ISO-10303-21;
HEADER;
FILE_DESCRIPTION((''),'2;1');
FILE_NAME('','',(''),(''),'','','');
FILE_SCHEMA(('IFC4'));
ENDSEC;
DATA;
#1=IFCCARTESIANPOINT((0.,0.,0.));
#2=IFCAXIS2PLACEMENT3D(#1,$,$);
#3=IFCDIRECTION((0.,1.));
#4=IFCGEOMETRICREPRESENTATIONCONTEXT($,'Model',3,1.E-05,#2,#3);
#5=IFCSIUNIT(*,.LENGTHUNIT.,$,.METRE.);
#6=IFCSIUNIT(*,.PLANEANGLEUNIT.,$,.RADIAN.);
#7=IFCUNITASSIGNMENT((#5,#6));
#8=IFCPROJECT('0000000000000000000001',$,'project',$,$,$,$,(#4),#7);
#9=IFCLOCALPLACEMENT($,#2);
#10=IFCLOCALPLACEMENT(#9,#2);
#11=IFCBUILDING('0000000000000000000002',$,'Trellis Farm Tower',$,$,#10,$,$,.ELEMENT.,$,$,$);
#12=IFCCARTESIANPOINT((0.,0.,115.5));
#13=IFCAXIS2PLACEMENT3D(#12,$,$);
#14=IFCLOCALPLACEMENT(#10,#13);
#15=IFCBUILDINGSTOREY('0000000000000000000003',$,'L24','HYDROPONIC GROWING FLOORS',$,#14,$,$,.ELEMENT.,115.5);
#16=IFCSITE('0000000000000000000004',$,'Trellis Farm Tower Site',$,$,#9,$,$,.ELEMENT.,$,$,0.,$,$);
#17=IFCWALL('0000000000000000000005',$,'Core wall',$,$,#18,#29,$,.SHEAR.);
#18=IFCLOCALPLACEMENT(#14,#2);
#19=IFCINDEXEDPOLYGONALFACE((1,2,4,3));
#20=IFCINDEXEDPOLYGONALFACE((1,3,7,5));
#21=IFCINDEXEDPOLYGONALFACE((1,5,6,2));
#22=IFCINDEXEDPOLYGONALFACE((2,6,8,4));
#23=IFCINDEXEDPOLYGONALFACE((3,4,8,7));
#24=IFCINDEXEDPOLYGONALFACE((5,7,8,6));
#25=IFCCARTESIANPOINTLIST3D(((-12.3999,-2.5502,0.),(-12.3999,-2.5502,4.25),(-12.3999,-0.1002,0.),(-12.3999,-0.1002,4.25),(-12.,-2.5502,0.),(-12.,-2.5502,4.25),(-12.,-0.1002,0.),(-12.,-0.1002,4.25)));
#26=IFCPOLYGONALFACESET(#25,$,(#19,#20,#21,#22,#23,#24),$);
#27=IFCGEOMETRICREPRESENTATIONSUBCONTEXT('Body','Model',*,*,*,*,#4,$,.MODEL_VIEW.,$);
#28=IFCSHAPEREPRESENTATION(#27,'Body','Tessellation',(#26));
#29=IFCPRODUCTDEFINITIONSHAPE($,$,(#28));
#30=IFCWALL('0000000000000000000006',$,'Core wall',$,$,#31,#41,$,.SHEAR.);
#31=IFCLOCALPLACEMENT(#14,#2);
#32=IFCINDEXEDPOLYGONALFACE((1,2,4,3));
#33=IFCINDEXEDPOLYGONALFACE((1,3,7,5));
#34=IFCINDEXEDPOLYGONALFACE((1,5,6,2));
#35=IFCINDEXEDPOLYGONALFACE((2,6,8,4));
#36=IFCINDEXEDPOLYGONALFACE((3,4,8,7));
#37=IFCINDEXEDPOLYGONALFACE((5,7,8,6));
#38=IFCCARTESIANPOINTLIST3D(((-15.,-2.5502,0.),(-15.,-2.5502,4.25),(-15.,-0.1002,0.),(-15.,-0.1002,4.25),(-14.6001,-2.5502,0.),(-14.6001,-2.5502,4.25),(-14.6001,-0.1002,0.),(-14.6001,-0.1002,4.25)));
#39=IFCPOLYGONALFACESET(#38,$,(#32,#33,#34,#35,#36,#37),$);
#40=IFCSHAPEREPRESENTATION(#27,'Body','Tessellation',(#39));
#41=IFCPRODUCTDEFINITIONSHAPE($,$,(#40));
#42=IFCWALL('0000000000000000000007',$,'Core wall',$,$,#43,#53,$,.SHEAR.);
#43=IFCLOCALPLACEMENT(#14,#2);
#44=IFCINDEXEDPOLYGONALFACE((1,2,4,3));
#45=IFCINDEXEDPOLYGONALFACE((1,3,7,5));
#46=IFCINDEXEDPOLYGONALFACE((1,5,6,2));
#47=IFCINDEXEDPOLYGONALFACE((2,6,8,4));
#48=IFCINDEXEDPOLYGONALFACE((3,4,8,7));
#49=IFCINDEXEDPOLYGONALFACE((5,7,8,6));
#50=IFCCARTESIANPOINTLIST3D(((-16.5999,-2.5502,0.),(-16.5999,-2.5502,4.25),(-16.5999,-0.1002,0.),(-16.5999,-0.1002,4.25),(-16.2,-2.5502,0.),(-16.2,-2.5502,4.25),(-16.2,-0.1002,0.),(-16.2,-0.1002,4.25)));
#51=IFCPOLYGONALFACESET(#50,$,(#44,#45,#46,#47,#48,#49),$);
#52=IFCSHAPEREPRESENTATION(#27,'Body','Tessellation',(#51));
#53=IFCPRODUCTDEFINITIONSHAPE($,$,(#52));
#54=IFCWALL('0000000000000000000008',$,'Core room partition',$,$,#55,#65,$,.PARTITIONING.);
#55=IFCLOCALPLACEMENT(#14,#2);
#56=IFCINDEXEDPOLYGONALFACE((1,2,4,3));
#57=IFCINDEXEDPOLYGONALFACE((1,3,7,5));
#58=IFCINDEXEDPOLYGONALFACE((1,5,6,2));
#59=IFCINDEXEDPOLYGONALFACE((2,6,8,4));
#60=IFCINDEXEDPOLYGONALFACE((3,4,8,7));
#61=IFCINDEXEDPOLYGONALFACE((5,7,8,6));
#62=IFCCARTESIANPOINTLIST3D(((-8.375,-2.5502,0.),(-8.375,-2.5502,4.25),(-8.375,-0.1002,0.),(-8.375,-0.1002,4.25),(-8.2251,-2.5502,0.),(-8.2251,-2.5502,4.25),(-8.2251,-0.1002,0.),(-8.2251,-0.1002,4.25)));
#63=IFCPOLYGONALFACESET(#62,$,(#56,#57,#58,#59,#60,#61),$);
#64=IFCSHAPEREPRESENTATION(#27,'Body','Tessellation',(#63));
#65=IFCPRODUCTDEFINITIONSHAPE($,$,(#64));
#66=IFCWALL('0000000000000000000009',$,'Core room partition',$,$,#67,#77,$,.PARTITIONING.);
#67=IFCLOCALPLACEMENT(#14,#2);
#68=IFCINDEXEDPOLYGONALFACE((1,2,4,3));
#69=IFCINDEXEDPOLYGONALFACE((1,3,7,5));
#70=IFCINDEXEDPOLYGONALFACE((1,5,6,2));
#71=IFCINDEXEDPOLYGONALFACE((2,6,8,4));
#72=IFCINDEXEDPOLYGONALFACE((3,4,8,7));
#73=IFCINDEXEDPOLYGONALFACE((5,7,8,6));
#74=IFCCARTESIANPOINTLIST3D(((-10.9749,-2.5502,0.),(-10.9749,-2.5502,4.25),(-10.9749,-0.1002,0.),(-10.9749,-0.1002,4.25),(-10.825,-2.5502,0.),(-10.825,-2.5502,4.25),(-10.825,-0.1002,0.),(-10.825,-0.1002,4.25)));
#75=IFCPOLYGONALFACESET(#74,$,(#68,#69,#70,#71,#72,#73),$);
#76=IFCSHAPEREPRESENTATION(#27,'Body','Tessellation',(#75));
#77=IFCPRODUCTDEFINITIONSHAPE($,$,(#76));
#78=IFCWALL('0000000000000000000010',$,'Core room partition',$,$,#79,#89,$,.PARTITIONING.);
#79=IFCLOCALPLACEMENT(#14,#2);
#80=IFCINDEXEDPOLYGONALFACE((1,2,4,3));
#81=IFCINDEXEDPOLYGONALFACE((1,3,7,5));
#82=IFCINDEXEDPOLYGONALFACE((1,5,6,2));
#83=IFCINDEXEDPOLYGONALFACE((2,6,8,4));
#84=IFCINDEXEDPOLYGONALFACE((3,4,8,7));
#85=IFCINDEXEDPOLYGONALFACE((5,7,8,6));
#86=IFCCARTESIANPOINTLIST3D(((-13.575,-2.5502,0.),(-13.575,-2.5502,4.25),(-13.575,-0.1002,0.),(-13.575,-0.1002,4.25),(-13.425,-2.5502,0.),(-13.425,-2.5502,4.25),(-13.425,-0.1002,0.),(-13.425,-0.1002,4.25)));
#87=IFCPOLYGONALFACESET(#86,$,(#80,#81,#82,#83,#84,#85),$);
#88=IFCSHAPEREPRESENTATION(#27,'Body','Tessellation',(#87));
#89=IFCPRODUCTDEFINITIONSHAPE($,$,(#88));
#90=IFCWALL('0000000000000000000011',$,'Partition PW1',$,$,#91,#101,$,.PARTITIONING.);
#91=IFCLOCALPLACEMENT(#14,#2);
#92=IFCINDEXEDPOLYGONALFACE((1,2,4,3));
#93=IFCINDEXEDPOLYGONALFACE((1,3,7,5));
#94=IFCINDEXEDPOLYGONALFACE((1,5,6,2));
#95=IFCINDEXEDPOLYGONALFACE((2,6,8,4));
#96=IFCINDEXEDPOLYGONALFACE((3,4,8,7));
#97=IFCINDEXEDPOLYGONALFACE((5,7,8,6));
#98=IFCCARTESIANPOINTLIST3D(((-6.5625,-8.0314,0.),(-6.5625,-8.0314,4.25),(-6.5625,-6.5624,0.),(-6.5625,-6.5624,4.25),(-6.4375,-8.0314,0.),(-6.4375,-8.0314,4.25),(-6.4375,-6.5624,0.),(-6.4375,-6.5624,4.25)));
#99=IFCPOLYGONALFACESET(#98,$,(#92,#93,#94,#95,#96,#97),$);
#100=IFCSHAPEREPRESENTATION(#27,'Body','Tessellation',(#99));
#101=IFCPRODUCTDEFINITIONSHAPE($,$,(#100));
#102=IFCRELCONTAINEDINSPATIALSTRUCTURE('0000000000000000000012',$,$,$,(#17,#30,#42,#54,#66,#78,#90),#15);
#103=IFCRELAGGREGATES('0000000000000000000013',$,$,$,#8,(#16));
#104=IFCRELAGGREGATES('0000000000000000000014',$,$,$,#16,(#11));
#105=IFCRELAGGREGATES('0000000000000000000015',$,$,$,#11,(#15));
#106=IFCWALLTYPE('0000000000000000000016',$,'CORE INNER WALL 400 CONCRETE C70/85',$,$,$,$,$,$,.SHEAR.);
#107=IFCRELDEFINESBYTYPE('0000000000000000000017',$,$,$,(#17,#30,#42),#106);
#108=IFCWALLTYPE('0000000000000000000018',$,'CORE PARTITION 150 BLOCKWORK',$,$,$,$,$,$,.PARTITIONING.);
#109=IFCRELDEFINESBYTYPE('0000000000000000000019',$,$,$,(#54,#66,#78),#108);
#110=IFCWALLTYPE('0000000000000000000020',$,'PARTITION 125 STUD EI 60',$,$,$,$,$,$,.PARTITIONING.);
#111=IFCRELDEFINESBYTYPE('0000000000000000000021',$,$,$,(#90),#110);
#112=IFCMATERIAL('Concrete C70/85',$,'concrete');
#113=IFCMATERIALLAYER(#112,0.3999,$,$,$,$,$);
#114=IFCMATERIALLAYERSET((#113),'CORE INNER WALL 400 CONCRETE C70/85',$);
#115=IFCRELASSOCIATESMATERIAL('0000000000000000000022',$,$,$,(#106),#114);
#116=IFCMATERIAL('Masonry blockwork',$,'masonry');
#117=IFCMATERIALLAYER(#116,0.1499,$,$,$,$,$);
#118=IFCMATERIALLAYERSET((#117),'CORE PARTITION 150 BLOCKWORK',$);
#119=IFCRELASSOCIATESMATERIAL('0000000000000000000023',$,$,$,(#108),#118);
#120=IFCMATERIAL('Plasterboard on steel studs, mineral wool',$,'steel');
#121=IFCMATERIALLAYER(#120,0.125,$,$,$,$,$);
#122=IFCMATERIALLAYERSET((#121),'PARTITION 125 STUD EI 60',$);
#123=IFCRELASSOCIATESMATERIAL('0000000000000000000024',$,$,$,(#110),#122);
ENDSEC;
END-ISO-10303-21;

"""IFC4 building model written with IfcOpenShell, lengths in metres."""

from ifc_helpers import new_model, si_unit, direction, frame, frame_2d, origin, place, context, subcontext, project, spatial, rectangle, extrude, source, transform, mapped, material, layer, layer_set, type_object, element, save


model = new_model("IFC4")

# Units and contexts
model_context = context("Model", 3, precision=1e-05, world=origin(), true_north=direction((0.0, 1.0)))
body_context = subcontext(model_context, "Body", "Model", "MODEL_VIEW")
ifc_project = project(units=[si_unit("LENGTHUNIT", "METRE"), si_unit("PLANEANGLEUNIT", "RADIAN")], contexts=[model_context])

# Site, building, storey
site_placement = place(None, origin())
site = spatial("IfcSite", under=ifc_project, at=site_placement, Name="Trellis Farm Tower Site", CompositionType="ELEMENT", RefElevation=0.0)
building_placement = place(site_placement, origin())
building = spatial("IfcBuilding", under=site, at=building_placement, Name="Trellis Farm Tower", CompositionType="ELEMENT")
storey_placement = place(building_placement, frame((0.0, 0.0, 115.5)))
storey = spatial("IfcBuildingStorey", under=building, at=storey_placement, Name="L24", Description="HYDROPONIC GROWING FLOORS", CompositionType="ELEMENT", Elevation=115.5)

# Walls
ifc_material_1 = material(Name="Concrete C70/85", Category="concrete")
ifc_layer_1 = layer(ifc_material_1, 0.3999)
ifc_layer_set_1 = layer_set([ifc_layer_1], Name="CORE INNER WALL 400 CONCRETE C70/85")
wall_type_1 = type_object("IfcWallType", Name="CORE INNER WALL 400 CONCRETE C70/85", PredefinedType="SHEAR", material=ifc_layer_set_1)
shared_shape_1 = source(origin(), body_context, "Body", "SweptSolid", [
    extrude(rectangle(XDim=2.45, YDim=0.3999, at=frame_2d((1.2251, 0.0))), origin(), (0.0, 0.0, 1.0), 4.25),
])
for number, where, z_axis, x_axis, name in (
    (1, (-12.2, -0.1001, 0.0), (0.0, 0.0, 1.0), (0.0, -1.0, 0.0), "Core wall"),
    (2, (-14.8, -0.1001, 0.0), (0.0, 0.0, 1.0), (0.0, -1.0, 0.0), "Core wall"),
    (3, (-16.3999, -0.1001, 0.0), (0.0, 0.0, 1.0), (0.0, -1.0, 0.0), "Core wall"),
):
    element("IfcWall", number, at=place(storey_placement, frame(where, z_axis=z_axis, x_axis=x_axis)), inside=storey, type_object=wall_type_1, Name=name, PredefinedType="SHEAR", context=body_context, shape_type="MappedRepresentation", body=[
        mapped(shared_shape_1, transform((0.0, 0.0, 0.0))),
    ])

# Walls
ifc_material_2 = material(Name="Masonry blockwork", Category="masonry")
ifc_layer_2 = layer(ifc_material_2, 0.1499)
ifc_layer_set_2 = layer_set([ifc_layer_2], Name="CORE PARTITION 150 BLOCKWORK")
wall_type_2 = type_object("IfcWallType", Name="CORE PARTITION 150 BLOCKWORK", PredefinedType="PARTITIONING", material=ifc_layer_set_2)
shared_shape_2 = source(origin(), body_context, "Body", "SweptSolid", [
    extrude(rectangle(XDim=2.45, YDim=0.1499, at=frame_2d((1.2251, 0.0))), origin(), (0.0, 0.0, 1.0), 4.25),
])
for number, where, z_axis, x_axis, name in (
    (4, (-8.3, -0.1001, 0.0), (0.0, 0.0, 1.0), (0.0, -1.0, 0.0), "Core room partition"),
    (5, (-10.8999, -0.1001, 0.0), (0.0, 0.0, 1.0), (0.0, -1.0, 0.0), "Core room partition"),
    (6, (-13.5, -0.1001, 0.0), (0.0, 0.0, 1.0), (0.0, -1.0, 0.0), "Core room partition"),
):
    element("IfcWall", number, at=place(storey_placement, frame(where, z_axis=z_axis, x_axis=x_axis)), inside=storey, type_object=wall_type_2, Name=name, PredefinedType="PARTITIONING", context=body_context, shape_type="MappedRepresentation", body=[
        mapped(shared_shape_2, transform((0.0, 0.0, 0.0))),
    ])
ifc_material_3 = material(Name="Plasterboard on steel studs, mineral wool", Category="steel")
ifc_layer_3 = layer(ifc_material_3, 0.125)
ifc_layer_set_3 = layer_set([ifc_layer_3], Name="PARTITION 125 STUD EI 60")
wall_type_3 = type_object("IfcWallType", Name="PARTITION 125 STUD EI 60", PredefinedType="PARTITIONING", material=ifc_layer_set_3)
shared_shape_3 = source(origin(), body_context, "Body", "SweptSolid", [
    extrude(rectangle(XDim=1.469, YDim=0.125, at=frame_2d((0.7344, 0.0))), origin(), (0.0, 0.0, 1.0), 4.25),
])
wall_1_placement = place(storey_placement, frame((-6.5, -6.5625, 0.0), z_axis=(0.0, 0.0, 1.0), x_axis=(0.0, -1.0, 0.0)))
element("IfcWall", 7, at=wall_1_placement, inside=storey, type_object=wall_type_3, Name="Partition PW1", PredefinedType="PARTITIONING", context=body_context, shape_type="MappedRepresentation", body=[
    mapped(shared_shape_3, transform((0.0, 0.0, 0.0))),
])

save(model, "model.ifc")
